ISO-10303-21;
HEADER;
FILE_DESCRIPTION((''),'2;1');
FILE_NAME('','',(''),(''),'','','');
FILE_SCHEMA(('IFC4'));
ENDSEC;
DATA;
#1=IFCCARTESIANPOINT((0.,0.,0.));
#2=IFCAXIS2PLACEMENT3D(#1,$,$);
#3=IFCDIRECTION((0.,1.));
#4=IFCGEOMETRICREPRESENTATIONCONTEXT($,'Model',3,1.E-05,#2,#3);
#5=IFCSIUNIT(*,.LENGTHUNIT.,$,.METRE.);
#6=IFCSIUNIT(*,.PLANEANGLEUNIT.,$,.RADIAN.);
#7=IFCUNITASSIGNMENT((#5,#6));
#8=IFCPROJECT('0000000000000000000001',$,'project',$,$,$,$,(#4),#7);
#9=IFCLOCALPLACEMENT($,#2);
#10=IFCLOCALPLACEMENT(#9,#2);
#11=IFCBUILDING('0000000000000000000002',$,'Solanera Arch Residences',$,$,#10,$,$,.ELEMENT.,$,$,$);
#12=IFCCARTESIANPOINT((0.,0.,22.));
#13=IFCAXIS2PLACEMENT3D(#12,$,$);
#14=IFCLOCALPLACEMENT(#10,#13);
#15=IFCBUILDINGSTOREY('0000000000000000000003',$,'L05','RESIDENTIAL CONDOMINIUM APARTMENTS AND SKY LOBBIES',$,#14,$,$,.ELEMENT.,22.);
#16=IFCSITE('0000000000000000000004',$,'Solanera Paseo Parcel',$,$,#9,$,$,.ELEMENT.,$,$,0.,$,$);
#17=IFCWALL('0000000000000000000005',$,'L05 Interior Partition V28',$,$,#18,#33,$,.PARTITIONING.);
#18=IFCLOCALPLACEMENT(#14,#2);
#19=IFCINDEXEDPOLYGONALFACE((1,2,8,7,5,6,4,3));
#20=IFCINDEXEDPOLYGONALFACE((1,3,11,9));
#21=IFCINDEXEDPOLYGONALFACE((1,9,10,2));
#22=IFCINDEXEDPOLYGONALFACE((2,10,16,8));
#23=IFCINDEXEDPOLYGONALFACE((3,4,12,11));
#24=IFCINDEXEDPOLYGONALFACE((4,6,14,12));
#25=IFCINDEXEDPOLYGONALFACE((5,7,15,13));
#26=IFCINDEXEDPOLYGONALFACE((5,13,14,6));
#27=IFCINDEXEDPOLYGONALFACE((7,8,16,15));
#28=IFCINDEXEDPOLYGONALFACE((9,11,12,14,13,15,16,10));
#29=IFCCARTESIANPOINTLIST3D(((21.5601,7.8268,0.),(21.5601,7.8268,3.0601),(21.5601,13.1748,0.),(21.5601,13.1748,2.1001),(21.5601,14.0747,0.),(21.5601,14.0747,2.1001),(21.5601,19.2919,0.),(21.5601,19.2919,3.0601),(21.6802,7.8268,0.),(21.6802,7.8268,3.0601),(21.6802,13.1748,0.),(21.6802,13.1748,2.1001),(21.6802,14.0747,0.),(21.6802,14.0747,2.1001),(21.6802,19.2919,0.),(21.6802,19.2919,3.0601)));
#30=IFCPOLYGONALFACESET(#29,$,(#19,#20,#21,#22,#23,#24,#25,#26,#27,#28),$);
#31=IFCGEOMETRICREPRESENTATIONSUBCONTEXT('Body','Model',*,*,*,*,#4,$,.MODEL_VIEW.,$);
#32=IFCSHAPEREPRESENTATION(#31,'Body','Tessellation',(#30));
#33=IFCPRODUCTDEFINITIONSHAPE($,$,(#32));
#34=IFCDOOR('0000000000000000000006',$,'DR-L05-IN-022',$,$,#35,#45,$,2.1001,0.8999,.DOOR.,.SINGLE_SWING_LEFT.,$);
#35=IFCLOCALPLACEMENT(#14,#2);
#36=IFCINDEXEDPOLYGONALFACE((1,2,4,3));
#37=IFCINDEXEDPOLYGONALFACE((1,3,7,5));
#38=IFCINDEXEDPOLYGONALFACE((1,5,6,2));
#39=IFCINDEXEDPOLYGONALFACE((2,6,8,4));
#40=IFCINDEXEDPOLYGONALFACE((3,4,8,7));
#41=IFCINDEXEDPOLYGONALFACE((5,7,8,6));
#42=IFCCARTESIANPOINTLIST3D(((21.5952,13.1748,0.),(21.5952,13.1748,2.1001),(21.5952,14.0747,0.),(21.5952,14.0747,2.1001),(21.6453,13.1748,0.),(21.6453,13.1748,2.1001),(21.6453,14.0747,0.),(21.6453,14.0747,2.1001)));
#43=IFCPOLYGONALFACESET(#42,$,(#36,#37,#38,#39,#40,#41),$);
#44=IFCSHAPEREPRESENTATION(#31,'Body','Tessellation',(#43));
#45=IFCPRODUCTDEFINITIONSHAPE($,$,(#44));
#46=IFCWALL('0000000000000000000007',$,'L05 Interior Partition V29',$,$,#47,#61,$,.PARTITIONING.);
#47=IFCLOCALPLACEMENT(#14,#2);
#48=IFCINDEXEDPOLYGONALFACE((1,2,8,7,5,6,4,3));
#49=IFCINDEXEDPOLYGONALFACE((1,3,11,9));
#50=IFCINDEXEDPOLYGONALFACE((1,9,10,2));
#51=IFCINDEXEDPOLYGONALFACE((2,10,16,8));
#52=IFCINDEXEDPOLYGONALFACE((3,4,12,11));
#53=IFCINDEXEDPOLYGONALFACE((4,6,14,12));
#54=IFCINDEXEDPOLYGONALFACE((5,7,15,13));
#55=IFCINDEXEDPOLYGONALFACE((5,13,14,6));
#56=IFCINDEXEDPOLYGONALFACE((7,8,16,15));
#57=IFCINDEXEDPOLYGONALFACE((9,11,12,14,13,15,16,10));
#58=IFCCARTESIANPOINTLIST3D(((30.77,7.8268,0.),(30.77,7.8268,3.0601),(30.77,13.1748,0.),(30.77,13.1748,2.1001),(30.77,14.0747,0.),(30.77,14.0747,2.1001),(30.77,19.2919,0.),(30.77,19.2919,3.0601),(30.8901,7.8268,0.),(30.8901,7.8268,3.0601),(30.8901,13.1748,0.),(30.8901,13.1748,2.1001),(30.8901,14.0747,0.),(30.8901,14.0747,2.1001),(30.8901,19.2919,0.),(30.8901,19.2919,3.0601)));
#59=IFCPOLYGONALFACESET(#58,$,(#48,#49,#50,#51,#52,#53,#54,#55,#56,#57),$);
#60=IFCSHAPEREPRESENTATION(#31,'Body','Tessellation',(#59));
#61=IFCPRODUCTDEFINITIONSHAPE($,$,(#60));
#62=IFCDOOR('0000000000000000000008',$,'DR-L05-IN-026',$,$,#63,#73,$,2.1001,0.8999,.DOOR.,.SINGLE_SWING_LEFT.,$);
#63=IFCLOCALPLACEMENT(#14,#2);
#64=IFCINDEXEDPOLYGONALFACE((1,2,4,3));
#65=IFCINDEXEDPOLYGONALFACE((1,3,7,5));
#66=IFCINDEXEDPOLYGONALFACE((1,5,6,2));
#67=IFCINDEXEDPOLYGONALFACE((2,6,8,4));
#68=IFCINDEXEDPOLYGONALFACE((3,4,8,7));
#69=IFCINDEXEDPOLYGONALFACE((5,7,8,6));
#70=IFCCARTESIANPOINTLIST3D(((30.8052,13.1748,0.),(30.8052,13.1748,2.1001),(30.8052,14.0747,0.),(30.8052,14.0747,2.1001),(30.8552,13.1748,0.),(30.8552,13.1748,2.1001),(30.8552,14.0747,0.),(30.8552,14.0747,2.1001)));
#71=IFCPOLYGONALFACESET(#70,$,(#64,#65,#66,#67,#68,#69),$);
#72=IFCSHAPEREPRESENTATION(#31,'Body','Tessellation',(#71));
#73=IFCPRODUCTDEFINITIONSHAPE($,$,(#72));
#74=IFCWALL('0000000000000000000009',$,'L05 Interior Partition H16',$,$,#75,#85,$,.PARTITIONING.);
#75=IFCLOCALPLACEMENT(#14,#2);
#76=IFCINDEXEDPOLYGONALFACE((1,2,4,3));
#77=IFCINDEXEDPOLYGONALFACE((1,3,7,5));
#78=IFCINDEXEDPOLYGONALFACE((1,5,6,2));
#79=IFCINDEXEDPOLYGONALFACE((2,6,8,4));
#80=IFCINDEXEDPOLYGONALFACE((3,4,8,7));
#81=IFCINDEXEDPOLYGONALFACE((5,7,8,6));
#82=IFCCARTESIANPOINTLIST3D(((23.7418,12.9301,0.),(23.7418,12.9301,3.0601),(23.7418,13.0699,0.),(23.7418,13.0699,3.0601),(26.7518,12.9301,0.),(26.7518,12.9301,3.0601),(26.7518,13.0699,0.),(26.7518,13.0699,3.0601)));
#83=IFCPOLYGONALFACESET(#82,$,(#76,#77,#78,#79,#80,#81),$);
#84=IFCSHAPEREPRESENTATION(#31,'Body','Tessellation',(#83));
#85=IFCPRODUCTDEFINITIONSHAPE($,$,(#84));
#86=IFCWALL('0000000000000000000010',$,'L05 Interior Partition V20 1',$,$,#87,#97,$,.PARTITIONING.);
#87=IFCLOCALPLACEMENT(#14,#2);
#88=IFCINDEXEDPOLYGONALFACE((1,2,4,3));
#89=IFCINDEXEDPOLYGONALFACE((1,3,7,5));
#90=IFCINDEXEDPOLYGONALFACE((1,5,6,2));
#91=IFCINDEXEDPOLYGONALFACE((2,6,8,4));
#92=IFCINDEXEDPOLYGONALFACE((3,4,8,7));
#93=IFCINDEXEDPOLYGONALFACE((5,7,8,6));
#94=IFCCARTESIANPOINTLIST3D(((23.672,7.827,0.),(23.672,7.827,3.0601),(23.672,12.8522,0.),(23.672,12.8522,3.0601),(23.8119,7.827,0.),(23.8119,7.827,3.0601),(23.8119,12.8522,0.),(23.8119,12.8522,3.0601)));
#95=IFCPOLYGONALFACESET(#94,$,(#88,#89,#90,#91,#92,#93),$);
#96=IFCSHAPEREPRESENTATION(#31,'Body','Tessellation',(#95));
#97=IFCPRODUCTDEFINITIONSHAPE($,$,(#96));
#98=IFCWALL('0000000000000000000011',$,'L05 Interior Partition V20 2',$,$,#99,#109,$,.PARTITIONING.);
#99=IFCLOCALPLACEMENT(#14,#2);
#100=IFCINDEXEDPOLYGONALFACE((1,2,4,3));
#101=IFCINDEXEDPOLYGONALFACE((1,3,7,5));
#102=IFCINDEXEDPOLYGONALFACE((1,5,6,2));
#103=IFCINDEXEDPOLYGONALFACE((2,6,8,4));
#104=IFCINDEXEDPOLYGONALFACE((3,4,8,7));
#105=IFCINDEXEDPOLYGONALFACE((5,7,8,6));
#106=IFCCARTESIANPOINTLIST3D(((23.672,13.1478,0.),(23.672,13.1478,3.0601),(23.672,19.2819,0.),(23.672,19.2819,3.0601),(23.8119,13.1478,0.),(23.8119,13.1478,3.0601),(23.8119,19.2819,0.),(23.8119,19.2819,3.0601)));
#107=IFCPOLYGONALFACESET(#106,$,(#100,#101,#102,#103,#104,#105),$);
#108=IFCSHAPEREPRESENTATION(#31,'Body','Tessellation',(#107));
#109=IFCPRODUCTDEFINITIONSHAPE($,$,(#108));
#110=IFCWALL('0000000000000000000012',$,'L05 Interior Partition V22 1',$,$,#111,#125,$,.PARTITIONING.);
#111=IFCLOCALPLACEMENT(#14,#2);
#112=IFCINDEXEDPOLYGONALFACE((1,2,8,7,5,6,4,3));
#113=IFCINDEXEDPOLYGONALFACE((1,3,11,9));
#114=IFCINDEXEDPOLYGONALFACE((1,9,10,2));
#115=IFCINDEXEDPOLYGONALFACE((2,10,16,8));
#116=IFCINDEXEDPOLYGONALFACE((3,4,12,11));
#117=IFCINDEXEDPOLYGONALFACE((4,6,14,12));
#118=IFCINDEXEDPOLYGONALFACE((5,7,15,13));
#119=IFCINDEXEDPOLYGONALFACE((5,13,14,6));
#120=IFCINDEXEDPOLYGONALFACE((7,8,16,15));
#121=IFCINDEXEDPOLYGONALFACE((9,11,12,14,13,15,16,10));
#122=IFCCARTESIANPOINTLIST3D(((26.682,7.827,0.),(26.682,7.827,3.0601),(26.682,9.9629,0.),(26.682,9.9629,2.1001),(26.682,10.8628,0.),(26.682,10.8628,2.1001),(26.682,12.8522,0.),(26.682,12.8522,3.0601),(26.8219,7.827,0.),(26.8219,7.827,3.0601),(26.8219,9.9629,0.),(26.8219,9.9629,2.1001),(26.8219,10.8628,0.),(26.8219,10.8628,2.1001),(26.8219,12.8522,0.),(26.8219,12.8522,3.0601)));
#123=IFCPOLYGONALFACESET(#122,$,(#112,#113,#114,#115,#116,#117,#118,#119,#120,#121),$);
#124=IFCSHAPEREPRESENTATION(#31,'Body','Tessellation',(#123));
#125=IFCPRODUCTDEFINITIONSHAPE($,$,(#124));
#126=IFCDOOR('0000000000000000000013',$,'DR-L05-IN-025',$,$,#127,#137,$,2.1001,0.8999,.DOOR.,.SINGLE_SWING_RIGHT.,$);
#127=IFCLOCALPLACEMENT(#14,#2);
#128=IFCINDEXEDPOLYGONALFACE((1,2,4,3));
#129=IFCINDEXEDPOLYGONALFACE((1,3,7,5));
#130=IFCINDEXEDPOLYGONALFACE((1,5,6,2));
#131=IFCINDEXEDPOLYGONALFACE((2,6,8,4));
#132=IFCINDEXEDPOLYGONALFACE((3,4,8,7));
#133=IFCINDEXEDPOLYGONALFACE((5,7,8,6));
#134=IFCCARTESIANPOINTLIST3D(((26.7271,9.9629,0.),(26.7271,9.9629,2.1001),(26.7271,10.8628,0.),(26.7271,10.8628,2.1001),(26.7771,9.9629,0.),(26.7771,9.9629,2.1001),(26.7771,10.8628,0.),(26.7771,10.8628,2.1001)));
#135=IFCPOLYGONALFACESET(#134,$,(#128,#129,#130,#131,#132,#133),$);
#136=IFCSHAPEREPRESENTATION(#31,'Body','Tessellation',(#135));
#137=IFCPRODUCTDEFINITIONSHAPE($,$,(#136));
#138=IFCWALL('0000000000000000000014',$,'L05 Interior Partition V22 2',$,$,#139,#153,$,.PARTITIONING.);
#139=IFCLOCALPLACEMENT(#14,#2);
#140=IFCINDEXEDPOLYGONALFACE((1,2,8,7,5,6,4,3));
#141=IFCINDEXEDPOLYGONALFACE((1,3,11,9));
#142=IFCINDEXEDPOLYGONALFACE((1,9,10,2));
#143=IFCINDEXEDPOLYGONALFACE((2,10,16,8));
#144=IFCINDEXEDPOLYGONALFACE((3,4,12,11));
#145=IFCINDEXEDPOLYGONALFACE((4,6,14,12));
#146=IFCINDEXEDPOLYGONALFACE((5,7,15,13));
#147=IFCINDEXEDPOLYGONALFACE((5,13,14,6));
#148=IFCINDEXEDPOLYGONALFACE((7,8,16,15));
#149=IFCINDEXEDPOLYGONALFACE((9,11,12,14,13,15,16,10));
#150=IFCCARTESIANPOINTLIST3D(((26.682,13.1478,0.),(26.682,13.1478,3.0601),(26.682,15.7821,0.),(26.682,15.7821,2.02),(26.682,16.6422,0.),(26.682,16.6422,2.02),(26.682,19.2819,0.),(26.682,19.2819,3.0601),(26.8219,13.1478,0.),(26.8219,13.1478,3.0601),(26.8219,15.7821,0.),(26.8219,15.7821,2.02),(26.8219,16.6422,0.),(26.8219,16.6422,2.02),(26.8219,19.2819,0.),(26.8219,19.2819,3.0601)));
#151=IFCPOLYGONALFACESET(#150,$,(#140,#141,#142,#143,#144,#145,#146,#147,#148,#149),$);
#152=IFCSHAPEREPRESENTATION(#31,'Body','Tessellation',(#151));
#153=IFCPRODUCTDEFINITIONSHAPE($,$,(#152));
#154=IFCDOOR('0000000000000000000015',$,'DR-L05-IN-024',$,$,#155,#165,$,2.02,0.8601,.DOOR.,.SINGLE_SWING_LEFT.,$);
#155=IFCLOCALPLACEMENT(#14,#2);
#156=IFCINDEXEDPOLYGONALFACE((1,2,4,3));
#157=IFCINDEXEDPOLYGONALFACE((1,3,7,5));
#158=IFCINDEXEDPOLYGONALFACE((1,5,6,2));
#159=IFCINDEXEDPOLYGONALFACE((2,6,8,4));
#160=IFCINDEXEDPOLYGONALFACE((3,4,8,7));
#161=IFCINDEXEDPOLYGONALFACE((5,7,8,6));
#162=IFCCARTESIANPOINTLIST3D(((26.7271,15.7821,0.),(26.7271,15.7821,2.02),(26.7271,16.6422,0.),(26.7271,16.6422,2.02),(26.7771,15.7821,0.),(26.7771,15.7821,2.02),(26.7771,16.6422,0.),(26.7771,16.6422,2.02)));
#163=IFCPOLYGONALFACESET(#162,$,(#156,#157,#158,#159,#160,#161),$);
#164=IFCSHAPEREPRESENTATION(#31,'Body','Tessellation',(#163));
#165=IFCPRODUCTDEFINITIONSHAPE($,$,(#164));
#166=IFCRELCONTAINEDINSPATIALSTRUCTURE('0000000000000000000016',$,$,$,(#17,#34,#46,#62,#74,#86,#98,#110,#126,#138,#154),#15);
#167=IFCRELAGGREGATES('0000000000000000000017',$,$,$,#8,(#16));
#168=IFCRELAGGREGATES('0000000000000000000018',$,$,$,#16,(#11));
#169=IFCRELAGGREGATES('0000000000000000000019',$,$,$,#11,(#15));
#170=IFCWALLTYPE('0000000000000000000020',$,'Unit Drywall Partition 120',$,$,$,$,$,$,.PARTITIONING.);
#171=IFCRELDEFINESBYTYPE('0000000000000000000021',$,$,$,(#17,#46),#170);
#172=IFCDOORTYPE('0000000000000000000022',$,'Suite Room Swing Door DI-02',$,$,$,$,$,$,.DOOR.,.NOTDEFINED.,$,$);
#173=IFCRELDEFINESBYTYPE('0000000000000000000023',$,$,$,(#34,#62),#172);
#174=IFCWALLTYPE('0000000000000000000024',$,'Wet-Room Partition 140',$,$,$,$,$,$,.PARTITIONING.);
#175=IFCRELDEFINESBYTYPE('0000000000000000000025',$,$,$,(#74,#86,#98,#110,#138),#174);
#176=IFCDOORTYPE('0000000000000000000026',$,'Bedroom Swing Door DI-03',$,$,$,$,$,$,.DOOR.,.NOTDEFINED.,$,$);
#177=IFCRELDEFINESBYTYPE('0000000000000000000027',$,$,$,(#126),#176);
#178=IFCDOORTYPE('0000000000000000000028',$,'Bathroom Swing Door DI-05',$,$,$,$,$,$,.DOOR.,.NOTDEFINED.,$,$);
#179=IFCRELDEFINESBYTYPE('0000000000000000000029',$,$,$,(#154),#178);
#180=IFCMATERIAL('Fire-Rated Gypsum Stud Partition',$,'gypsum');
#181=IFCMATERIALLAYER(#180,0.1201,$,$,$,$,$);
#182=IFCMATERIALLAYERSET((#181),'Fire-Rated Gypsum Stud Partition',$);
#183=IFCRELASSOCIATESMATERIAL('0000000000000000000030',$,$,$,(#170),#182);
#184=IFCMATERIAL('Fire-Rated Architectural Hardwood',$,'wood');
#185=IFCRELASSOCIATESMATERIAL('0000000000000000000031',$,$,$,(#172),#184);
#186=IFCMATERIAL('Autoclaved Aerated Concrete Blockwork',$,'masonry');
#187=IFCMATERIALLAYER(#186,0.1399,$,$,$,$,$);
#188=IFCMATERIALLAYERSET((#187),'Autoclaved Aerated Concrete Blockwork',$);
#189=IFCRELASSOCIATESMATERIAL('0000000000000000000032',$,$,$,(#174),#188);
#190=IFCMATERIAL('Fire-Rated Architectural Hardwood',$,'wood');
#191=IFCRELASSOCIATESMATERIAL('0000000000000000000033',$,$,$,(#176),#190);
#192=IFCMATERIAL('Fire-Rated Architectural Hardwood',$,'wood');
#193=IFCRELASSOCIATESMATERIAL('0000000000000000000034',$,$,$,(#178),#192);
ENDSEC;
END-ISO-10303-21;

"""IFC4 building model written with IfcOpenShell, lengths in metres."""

from ifc_helpers import new_model, si_unit, direction, frame, frame_2d, origin, place, context, subcontext, project, spatial, rectangle, extrude, material, layer, layer_set, type_object, element, fill, save


model = new_model("IFC4")

# Units and contexts
model_context = context("Model", 3, precision=1e-05, world=origin(), true_north=direction((0.0, 1.0)))
body_context = subcontext(model_context, "Body", "Model", "MODEL_VIEW")
ifc_project = project(units=[si_unit("LENGTHUNIT", "METRE"), si_unit("PLANEANGLEUNIT", "RADIAN")], contexts=[model_context])

# Site, building, storey
site_placement = place(None, origin())
site = spatial("IfcSite", under=ifc_project, at=site_placement, Name="Solanera Paseo Parcel", CompositionType="ELEMENT", RefElevation=0.0)
building_placement = place(site_placement, origin())
building = spatial("IfcBuilding", under=site, at=building_placement, Name="Solanera Arch Residences", CompositionType="ELEMENT")
storey_placement = place(building_placement, frame((0.0, 0.0, 22.0)))
storey = spatial("IfcBuildingStorey", under=building, at=storey_placement, Name="L05", Description="RESIDENTIAL CONDOMINIUM APARTMENTS AND SKY LOBBIES", CompositionType="ELEMENT", Elevation=22.0)

# Walls, openings, doors
ifc_material_1 = material(Name="Fire-Rated Gypsum Stud Partition", Category="gypsum")
ifc_layer_1 = layer(ifc_material_1, 0.1201)
ifc_layer_set_1 = layer_set([ifc_layer_1], Name="Fire-Rated Gypsum Stud Partition")
wall_type_1 = type_object("IfcWallType", Name="Unit Drywall Partition 120", PredefinedType="PARTITIONING", material=ifc_layer_set_1)
wall_1_placement = place(storey_placement, frame((21.6201, 7.8269, 0.0), z_axis=(0.0, 0.0, 1.0), x_axis=(0.0, 1.0, 0.0)))
wall_1 = element("IfcWall", 1, at=wall_1_placement, inside=storey, type_object=wall_type_1, Name="L05 Interior Partition V28", PredefinedType="PARTITIONING", context=body_context, shape_type="SweptSolid", body=[
    extrude(rectangle(XDim=11.4651, YDim=0.1201, at=frame_2d((5.7324, 0.0))), origin(), (0.0, 0.0, 1.0), 3.0601),
])
opening_1_placement = place(wall_1_placement, frame((5.3479, 0.0, 0.0)))
opening_1 = element("IfcOpeningElement", 2, at=opening_1_placement, cuts=wall_1, PredefinedType="OPENING", context=body_context, shape_type="SweptSolid", body=[
    extrude(rectangle(XDim=0.8999, YDim=2.1001, at=frame_2d((0.45, 1.05))), frame((0.0, 0.0701, 0.0), z_axis=(0.0, -1.0, 0.0), x_axis=(1.0, 0.0, 0.0)), (0.0, 0.0, 1.0), 0.1401),
])
ifc_material_2 = material(Name="Fire-Rated Architectural Hardwood", Category="wood")
door_type_1 = type_object("IfcDoorType", Name="Suite Room Swing Door DI-02", OperationType="NOTDEFINED", PredefinedType="DOOR", material=ifc_material_2)
door_1_placement = place(opening_1_placement, origin())
door_1 = element("IfcDoor", 3, at=door_1_placement, inside=storey, type_object=door_type_1, Name="DR-L05-IN-022", OperationType="SINGLE_SWING_LEFT", OverallHeight=2.1001, OverallWidth=0.8999, PredefinedType="DOOR", context=body_context, shape_type="SweptSolid", body=[
    extrude(rectangle(XDim=0.8999, YDim=2.1001, at=frame_2d((0.45, 1.05))), frame((0.0, 0.0249, 0.0), z_axis=(0.0, -1.0, 0.0), x_axis=(1.0, 0.0, 0.0)), (0.0, 0.0, 1.0), 0.05),
])
fill(opening_1, door_1)
wall_2_placement = place(storey_placement, frame((30.8301, 7.8269, 0.0), z_axis=(0.0, 0.0, 1.0), x_axis=(0.0, 1.0, 0.0)))
wall_2 = element("IfcWall", 4, at=wall_2_placement, inside=storey, type_object=wall_type_1, Name="L05 Interior Partition V29", PredefinedType="PARTITIONING", context=body_context, shape_type="SweptSolid", body=[
    extrude(rectangle(XDim=11.4651, YDim=0.1201, at=frame_2d((5.7324, 0.0))), origin(), (0.0, 0.0, 1.0), 3.0601),
])
opening_2_placement = place(wall_2_placement, frame((5.3479, 0.0, 0.0)))
opening_2 = element("IfcOpeningElement", 5, at=opening_2_placement, cuts=wall_2, PredefinedType="OPENING", context=body_context, shape_type="SweptSolid", body=[
    extrude(rectangle(XDim=0.8999, YDim=2.1001, at=frame_2d((0.45, 1.05))), frame((0.0, 0.0701, 0.0), z_axis=(0.0, -1.0, 0.0), x_axis=(1.0, 0.0, 0.0)), (0.0, 0.0, 1.0), 0.1401),
])
door_2_placement = place(opening_2_placement, origin())
door_2 = element("IfcDoor", 6, at=door_2_placement, inside=storey, type_object=door_type_1, Name="DR-L05-IN-026", OperationType="SINGLE_SWING_LEFT", OverallHeight=2.1001, OverallWidth=0.8999, PredefinedType="DOOR", context=body_context, shape_type="SweptSolid", body=[
    extrude(rectangle(XDim=0.8999, YDim=2.1001, at=frame_2d((0.45, 1.05))), frame((0.0, 0.0249, 0.0), z_axis=(0.0, -1.0, 0.0), x_axis=(1.0, 0.0, 0.0)), (0.0, 0.0, 1.0), 0.05),
])
fill(opening_2, door_2)

# Walls
ifc_material_3 = material(Name="Autoclaved Aerated Concrete Blockwork", Category="masonry")
ifc_layer_2 = layer(ifc_material_3, 0.1399)
ifc_layer_set_2 = layer_set([ifc_layer_2], Name="Autoclaved Aerated Concrete Blockwork")
wall_type_2 = type_object("IfcWallType", Name="Wet-Room Partition 140", PredefinedType="PARTITIONING", material=ifc_layer_set_2)
wall_3_placement = place(storey_placement, frame((23.7419, 13.0, 0.0), z_axis=(0.0, 0.0, 1.0), x_axis=(1.0, 0.0, 0.0)))
element("IfcWall", 7, at=wall_3_placement, inside=storey, type_object=wall_type_2, Name="L05 Interior Partition H16", PredefinedType="PARTITIONING", context=body_context, shape_type="SweptSolid", body=[
    extrude(rectangle(XDim=3.01, YDim=0.1399, at=frame_2d((1.5049, 0.0))), origin(), (0.0, 0.0, 1.0), 3.0601),
])
wall_4_placement = place(storey_placement, frame((23.7419, 7.8269, 0.0), z_axis=(0.0, 0.0, 1.0), x_axis=(0.0, 1.0, 0.0)))
element("IfcWall", 8, at=wall_4_placement, inside=storey, type_object=wall_type_2, Name="L05 Interior Partition V20 1", PredefinedType="PARTITIONING", context=body_context, shape_type="SweptSolid", body=[
    extrude(rectangle(XDim=5.0251, YDim=0.1399, at=frame_2d((2.5127, 0.0))), origin(), (0.0, 0.0, 1.0), 3.0601),
])
wall_5_placement = place(storey_placement, frame((23.7419, 13.1479, 0.0), z_axis=(0.0, 0.0, 1.0), x_axis=(0.0, 1.0, 0.0)))
element("IfcWall", 9, at=wall_5_placement, inside=storey, type_object=wall_type_2, Name="L05 Interior Partition V20 2", PredefinedType="PARTITIONING", context=body_context, shape_type="SweptSolid", body=[
    extrude(rectangle(XDim=6.134, YDim=0.1399, at=frame_2d((3.0669, 0.0))), origin(), (0.0, 0.0, 1.0), 3.0601),
])

# Walls, openings, doors
wall_6_placement = place(storey_placement, frame((26.752, 7.8269, 0.0), z_axis=(0.0, 0.0, 1.0), x_axis=(0.0, 1.0, 0.0)))
wall_6 = element("IfcWall", 10, at=wall_6_placement, inside=storey, type_object=wall_type_2, Name="L05 Interior Partition V22 1", PredefinedType="PARTITIONING", context=body_context, shape_type="SweptSolid", body=[
    extrude(rectangle(XDim=5.0251, YDim=0.1399, at=frame_2d((2.5127, 0.0))), origin(), (0.0, 0.0, 1.0), 3.0601),
])
opening_3_placement = place(wall_6_placement, frame((2.136, 0.0, 0.0)))
opening_3 = element("IfcOpeningElement", 11, at=opening_3_placement, cuts=wall_6, PredefinedType="OPENING", context=body_context, shape_type="SweptSolid", body=[
    extrude(rectangle(XDim=0.8999, YDim=2.1001, at=frame_2d((0.45, 1.05))), frame((0.0, 0.0798, 0.0), z_axis=(0.0, -1.0, 0.0), x_axis=(1.0, 0.0, 0.0)), (0.0, 0.0, 1.0), 0.1599),
])
ifc_material_4 = material(Name="Fire-Rated Architectural Hardwood", Category="wood")
door_type_2 = type_object("IfcDoorType", Name="Bedroom Swing Door DI-03", OperationType="NOTDEFINED", PredefinedType="DOOR", material=ifc_material_4)
door_3_placement = place(opening_3_placement, origin())
door_3 = element("IfcDoor", 12, at=door_3_placement, inside=storey, type_object=door_type_2, Name="DR-L05-IN-025", OperationType="SINGLE_SWING_RIGHT", OverallHeight=2.1001, OverallWidth=0.8999, PredefinedType="DOOR", context=body_context, shape_type="SweptSolid", body=[
    extrude(rectangle(XDim=0.8999, YDim=2.1001, at=frame_2d((0.45, 1.05))), frame((0.0, 0.0249, 0.0), z_axis=(0.0, -1.0, 0.0), x_axis=(1.0, 0.0, 0.0)), (0.0, 0.0, 1.0), 0.05),
])
fill(opening_3, door_3)
wall_7_placement = place(storey_placement, frame((26.752, 13.1479, 0.0), z_axis=(0.0, 0.0, 1.0), x_axis=(0.0, 1.0, 0.0)))
wall_7 = element("IfcWall", 13, at=wall_7_placement, inside=storey, type_object=wall_type_2, Name="L05 Interior Partition V22 2", PredefinedType="PARTITIONING", context=body_context, shape_type="SweptSolid", body=[
    extrude(rectangle(XDim=6.134, YDim=0.1399, at=frame_2d((3.0669, 0.0))), origin(), (0.0, 0.0, 1.0), 3.0601),
])
opening_4_placement = place(wall_7_placement, frame((2.634, 0.0, 0.0)))
opening_4 = element("IfcOpeningElement", 14, at=opening_4_placement, cuts=wall_7, PredefinedType="OPENING", context=body_context, shape_type="SweptSolid", body=[
    extrude(rectangle(XDim=0.8601, YDim=2.02, at=frame_2d((0.4302, 1.01))), frame((0.0, 0.0798, 0.0), z_axis=(0.0, -1.0, 0.0), x_axis=(1.0, 0.0, 0.0)), (0.0, 0.0, 1.0), 0.1599),
])
ifc_material_5 = material(Name="Fire-Rated Architectural Hardwood", Category="wood")
door_type_3 = type_object("IfcDoorType", Name="Bathroom Swing Door DI-05", OperationType="NOTDEFINED", PredefinedType="DOOR", material=ifc_material_5)
door_4_placement = place(opening_4_placement, origin())
door_4 = element("IfcDoor", 15, at=door_4_placement, inside=storey, type_object=door_type_3, Name="DR-L05-IN-024", OperationType="SINGLE_SWING_LEFT", OverallHeight=2.02, OverallWidth=0.8601, PredefinedType="DOOR", context=body_context, shape_type="SweptSolid", body=[
    extrude(rectangle(XDim=0.8601, YDim=2.02, at=frame_2d((0.4302, 1.01))), frame((0.0, 0.0249, 0.0), z_axis=(0.0, -1.0, 0.0), x_axis=(1.0, 0.0, 0.0)), (0.0, 0.0, 1.0), 0.05),
])
fill(opening_4, door_4)

save(model, "model.ifc")
